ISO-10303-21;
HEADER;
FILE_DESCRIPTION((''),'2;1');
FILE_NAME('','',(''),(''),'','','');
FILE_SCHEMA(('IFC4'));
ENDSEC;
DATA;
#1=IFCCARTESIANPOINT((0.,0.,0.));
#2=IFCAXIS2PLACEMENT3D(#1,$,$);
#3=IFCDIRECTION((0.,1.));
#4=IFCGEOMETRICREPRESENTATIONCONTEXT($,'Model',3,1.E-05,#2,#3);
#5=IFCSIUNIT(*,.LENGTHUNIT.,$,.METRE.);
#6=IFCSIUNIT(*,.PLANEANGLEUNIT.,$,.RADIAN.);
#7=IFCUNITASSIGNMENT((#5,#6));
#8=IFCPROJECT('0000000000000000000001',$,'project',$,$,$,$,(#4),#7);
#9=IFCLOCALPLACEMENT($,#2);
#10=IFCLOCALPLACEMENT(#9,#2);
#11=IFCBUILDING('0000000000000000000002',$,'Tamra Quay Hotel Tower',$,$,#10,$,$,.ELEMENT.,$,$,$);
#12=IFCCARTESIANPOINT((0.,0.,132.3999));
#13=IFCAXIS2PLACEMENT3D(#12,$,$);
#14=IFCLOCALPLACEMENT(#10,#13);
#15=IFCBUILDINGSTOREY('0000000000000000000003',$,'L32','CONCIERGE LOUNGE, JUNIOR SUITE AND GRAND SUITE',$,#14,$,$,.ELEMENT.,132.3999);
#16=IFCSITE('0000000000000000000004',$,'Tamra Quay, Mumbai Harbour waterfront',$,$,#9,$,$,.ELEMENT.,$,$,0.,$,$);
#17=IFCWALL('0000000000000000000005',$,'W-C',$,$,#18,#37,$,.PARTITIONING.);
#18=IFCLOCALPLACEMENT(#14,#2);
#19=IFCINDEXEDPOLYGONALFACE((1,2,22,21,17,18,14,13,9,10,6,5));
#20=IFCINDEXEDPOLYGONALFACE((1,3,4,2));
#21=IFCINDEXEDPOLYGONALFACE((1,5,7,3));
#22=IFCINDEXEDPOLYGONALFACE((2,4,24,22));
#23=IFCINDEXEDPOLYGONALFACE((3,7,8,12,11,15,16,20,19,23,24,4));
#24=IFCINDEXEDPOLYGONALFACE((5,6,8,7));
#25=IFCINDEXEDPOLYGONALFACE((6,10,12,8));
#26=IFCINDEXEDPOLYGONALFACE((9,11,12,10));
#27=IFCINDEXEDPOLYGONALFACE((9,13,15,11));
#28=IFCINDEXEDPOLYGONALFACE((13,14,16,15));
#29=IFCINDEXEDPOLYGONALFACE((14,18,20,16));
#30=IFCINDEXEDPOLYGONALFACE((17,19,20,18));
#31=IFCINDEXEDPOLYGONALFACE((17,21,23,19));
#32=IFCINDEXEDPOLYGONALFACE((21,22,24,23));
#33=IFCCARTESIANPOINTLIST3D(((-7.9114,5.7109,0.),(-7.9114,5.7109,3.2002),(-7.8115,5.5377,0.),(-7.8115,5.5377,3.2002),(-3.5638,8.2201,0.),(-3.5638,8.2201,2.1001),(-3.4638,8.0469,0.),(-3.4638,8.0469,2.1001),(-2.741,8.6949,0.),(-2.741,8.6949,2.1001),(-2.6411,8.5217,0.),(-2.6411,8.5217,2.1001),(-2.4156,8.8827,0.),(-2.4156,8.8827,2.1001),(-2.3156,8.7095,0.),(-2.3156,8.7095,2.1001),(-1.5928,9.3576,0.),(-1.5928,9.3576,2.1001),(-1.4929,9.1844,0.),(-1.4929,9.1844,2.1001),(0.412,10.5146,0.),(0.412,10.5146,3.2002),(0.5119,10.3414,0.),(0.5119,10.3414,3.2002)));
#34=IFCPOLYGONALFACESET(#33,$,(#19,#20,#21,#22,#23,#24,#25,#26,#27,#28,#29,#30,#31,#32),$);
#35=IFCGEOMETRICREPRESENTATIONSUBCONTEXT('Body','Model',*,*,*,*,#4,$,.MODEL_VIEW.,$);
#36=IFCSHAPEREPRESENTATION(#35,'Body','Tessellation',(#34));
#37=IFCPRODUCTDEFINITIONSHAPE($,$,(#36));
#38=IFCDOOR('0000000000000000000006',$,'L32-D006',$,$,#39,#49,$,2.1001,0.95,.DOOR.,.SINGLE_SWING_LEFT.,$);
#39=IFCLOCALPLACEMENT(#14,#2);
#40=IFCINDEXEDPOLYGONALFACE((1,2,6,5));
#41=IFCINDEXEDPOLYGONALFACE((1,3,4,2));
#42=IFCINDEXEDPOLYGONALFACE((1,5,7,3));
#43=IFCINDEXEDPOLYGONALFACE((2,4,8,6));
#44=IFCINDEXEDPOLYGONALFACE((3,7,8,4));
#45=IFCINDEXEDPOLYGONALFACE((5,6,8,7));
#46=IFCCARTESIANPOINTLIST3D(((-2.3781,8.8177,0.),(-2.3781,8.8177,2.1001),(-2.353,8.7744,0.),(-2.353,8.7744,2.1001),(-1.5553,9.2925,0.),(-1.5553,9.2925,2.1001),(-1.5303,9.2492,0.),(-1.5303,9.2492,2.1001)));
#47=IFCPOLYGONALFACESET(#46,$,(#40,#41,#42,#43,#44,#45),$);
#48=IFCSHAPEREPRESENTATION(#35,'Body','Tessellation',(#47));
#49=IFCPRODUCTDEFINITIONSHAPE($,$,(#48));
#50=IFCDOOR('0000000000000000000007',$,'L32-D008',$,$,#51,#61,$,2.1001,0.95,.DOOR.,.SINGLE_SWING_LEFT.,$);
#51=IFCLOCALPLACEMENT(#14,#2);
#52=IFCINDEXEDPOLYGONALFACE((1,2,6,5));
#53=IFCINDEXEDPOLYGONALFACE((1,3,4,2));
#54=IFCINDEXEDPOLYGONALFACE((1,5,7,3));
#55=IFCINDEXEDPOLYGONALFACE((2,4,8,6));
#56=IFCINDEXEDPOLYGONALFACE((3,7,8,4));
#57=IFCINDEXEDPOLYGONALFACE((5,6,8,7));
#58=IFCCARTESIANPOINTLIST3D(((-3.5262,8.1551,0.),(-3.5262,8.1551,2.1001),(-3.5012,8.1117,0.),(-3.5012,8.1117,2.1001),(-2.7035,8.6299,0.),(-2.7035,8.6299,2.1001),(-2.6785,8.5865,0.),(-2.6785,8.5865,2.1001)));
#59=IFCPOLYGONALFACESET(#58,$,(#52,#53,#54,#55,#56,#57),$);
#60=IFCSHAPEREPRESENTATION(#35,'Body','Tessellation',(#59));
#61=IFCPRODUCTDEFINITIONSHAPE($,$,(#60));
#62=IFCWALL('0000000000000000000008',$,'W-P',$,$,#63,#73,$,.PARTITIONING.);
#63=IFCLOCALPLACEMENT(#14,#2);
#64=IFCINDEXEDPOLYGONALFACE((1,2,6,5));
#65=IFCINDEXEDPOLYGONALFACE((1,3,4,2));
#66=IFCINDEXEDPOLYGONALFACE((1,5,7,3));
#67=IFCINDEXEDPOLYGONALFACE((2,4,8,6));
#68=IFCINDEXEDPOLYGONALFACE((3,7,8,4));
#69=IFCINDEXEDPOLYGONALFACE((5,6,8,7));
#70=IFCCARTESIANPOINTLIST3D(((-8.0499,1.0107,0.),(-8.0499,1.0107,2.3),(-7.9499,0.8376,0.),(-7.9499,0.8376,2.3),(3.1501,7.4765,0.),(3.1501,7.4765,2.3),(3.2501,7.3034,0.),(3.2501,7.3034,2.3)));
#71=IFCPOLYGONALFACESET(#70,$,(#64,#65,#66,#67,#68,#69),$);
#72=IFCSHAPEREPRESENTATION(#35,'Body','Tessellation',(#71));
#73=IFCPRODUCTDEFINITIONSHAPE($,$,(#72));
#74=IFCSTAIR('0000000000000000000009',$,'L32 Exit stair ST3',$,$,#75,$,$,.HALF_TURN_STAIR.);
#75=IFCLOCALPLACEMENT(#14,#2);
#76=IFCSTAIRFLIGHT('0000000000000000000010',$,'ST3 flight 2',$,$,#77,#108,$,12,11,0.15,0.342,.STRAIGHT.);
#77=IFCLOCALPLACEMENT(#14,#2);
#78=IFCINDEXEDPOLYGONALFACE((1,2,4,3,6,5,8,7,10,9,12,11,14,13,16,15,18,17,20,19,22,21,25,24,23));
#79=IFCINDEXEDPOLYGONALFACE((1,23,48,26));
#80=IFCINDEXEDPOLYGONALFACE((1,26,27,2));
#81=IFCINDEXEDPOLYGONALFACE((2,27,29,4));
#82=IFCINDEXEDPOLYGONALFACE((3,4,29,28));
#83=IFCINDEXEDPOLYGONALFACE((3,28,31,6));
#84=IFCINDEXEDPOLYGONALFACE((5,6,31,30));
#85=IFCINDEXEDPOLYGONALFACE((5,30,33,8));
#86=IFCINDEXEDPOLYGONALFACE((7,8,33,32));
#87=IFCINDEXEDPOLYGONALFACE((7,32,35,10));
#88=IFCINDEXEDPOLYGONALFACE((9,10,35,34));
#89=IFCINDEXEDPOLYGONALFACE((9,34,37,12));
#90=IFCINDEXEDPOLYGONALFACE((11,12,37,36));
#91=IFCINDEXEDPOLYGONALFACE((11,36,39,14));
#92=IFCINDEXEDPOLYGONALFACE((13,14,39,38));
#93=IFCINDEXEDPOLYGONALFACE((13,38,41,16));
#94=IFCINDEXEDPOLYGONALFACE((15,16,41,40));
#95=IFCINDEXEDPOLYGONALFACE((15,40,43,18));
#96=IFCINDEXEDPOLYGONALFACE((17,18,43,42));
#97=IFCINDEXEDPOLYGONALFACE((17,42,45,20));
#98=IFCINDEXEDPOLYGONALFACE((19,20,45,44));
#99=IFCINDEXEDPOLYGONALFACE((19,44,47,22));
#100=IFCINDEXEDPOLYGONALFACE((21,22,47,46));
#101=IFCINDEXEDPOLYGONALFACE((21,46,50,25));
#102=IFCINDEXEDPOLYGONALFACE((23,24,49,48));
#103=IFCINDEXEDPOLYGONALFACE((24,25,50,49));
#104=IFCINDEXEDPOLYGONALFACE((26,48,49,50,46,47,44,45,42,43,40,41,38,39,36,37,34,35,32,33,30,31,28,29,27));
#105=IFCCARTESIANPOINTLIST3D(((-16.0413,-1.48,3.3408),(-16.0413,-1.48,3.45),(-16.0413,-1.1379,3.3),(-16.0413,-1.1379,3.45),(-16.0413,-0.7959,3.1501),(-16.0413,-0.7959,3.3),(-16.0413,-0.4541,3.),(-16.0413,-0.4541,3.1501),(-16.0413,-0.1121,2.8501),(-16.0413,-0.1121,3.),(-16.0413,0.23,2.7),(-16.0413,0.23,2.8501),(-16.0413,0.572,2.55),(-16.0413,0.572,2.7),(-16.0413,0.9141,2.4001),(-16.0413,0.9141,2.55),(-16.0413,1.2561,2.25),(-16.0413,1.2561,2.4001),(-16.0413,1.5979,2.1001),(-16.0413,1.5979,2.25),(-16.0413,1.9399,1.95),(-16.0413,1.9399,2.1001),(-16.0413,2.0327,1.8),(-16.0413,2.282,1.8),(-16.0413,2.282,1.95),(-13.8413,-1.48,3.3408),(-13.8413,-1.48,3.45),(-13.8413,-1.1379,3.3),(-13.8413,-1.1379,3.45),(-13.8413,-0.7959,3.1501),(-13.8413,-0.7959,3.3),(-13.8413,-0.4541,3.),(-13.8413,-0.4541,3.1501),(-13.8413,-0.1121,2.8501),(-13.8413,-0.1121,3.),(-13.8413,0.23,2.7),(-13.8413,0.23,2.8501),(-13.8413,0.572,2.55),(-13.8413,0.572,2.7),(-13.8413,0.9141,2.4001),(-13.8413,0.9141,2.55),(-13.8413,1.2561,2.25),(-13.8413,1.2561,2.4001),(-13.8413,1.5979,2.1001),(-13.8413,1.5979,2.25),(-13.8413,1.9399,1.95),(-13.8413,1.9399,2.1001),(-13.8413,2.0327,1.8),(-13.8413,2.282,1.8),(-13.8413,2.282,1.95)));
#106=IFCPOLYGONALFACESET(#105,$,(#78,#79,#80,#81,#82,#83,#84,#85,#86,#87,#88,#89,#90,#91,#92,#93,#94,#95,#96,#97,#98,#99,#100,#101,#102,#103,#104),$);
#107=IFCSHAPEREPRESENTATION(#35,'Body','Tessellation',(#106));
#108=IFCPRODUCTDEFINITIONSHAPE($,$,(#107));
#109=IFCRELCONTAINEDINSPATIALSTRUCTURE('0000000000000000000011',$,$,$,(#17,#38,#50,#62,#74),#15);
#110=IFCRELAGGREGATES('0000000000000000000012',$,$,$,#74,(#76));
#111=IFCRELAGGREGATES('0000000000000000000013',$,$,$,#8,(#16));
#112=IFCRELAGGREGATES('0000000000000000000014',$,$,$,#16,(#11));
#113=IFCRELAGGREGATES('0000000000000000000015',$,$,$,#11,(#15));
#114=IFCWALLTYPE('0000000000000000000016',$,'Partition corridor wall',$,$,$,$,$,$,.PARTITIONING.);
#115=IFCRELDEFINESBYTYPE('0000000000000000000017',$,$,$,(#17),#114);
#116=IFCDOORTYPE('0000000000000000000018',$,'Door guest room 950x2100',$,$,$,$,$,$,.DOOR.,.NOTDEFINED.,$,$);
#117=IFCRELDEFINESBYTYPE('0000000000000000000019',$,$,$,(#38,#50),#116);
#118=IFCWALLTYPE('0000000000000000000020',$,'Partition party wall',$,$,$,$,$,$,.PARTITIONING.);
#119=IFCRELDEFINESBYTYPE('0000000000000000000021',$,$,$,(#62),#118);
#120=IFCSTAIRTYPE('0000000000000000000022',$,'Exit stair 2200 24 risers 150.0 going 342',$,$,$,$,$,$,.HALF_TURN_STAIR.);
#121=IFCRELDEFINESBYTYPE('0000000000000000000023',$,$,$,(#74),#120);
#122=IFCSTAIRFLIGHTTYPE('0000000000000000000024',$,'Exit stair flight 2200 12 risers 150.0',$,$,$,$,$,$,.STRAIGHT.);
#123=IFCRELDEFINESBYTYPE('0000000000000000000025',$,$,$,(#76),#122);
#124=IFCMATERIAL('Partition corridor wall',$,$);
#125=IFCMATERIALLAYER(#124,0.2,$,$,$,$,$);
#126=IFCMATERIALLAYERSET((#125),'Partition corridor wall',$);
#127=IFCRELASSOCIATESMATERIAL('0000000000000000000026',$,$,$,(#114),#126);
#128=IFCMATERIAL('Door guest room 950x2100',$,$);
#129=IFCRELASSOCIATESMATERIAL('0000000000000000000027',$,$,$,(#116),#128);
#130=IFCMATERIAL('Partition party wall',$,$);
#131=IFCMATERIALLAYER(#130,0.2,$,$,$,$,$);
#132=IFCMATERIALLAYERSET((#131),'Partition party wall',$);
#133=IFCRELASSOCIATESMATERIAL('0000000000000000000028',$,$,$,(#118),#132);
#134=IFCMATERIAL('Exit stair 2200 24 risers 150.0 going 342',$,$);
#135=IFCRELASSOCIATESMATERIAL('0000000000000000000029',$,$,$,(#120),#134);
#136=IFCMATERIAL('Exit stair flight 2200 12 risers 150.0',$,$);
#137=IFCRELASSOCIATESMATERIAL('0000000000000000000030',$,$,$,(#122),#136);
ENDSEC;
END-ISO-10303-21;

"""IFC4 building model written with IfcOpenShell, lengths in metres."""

from ifc_helpers import new_model, si_unit, direction, frame, frame_2d, origin, place, context, subcontext, project, spatial, polyline, rectangle, outline, extrude, material, layer, layer_set, type_object, element, fill, aggregate, save


model = new_model("IFC4")

# Units and contexts
model_context = context("Model", 3, precision=1e-05, world=origin(), true_north=direction((0.0, 1.0)))
body_context = subcontext(model_context, "Body", "Model", "MODEL_VIEW")
ifc_project = project(units=[si_unit("LENGTHUNIT", "METRE"), si_unit("PLANEANGLEUNIT", "RADIAN")], contexts=[model_context])

# Site, building, storey
site_placement = place(None, origin())
site = spatial("IfcSite", under=ifc_project, at=site_placement, Name="Tamra Quay, Mumbai Harbour waterfront", CompositionType="ELEMENT", RefElevation=0.0)
building_placement = place(site_placement, origin())
building = spatial("IfcBuilding", under=site, at=building_placement, Name="Tamra Quay Hotel Tower", CompositionType="ELEMENT")
storey_placement = place(building_placement, frame((0.0, 0.0, 132.3999)))
storey = spatial("IfcBuildingStorey", under=building, at=storey_placement, Name="L32", Description="CONCIERGE LOUNGE, JUNIOR SUITE AND GRAND SUITE", CompositionType="ELEMENT", Elevation=132.3999)

# Shared definitions
ifc_material_1 = material(Name="Partition corridor wall")
ifc_layer_1 = layer(ifc_material_1, 0.2)
ifc_layer_set_1 = layer_set([ifc_layer_1], Name="Partition corridor wall")
wall_type_1 = type_object("IfcWallType", Name="Partition corridor wall", PredefinedType="PARTITIONING", material=ifc_layer_set_1)

# Wall, openings, doors
wall_1_placement = place(storey_placement, frame((-7.8616, 5.6243, 0.0), z_axis=(0.0, 0.0, 1.0), x_axis=(0.866109, 0.499855, 0.0)))
wall_1 = element("IfcWall", 1, at=wall_1_placement, inside=storey, type_object=wall_type_1, Name="W-C", PredefinedType="PARTITIONING", context=body_context, shape_type="SweptSolid", body=[
    extrude(rectangle(XDim=9.6101, YDim=0.2, at=frame_2d((4.8052, 0.0))), origin(), (0.0, 0.0, 1.0), 3.2002),
])
opening_1_placement = place(wall_1_placement, frame((6.3455, 0.0, 0.0)))
opening_1 = element("IfcOpeningElement", 2, at=opening_1_placement, cuts=wall_1, PredefinedType="OPENING", context=body_context, shape_type="SweptSolid", body=[
    extrude(rectangle(XDim=0.95, YDim=2.1001, at=frame_2d((0.4751, 1.05))), frame((0.0, 0.1099, 0.0), z_axis=(0.0, -1.0, 0.0), x_axis=(1.0, 0.0, 0.0)), (0.0, 0.0, 1.0), 0.22),
])
opening_2_placement = place(wall_1_placement, frame((5.0198, 0.0, 0.0)))
opening_2 = element("IfcOpeningElement", 3, at=opening_2_placement, cuts=wall_1, PredefinedType="OPENING", context=body_context, shape_type="SweptSolid", body=[
    extrude(rectangle(XDim=0.95, YDim=2.1001, at=frame_2d((0.4751, 1.05))), frame((0.0, 0.1099, 0.0), z_axis=(0.0, -1.0, 0.0), x_axis=(1.0, 0.0, 0.0)), (0.0, 0.0, 1.0), 0.22),
])
ifc_material_2 = material(Name="Door guest room 950x2100")
door_type_1 = type_object("IfcDoorType", Name="Door guest room 950x2100", OperationType="NOTDEFINED", PredefinedType="DOOR", material=ifc_material_2)
door_1_placement = place(opening_1_placement, origin())
door_1 = element("IfcDoor", 4, at=door_1_placement, inside=storey, type_object=door_type_1, Name="L32-D006", OperationType="SINGLE_SWING_LEFT", OverallHeight=2.1001, OverallWidth=0.95, PredefinedType="DOOR", context=body_context, shape_type="SweptSolid", body=[
    extrude(rectangle(XDim=0.95, YDim=2.1001, at=frame_2d((0.4751, 1.05))), frame((0.0, 0.0249, 0.0), z_axis=(0.0, -1.0, 0.0), x_axis=(1.0, 0.0, 0.0)), (0.0, 0.0, 1.0), 0.05),
])
fill(opening_1, door_1)
door_2_placement = place(opening_2_placement, origin())
door_2 = element("IfcDoor", 5, at=door_2_placement, inside=storey, type_object=door_type_1, Name="L32-D008", OperationType="SINGLE_SWING_LEFT", OverallHeight=2.1001, OverallWidth=0.95, PredefinedType="DOOR", context=body_context, shape_type="SweptSolid", body=[
    extrude(rectangle(XDim=0.95, YDim=2.1001, at=frame_2d((0.4751, 1.05))), frame((0.0, 0.0249, 0.0), z_axis=(0.0, -1.0, 0.0), x_axis=(1.0, 0.0, 0.0)), (0.0, 0.0, 1.0), 0.05),
])
fill(opening_2, door_2)

# Wall
ifc_material_3 = material(Name="Partition party wall")
ifc_layer_2 = layer(ifc_material_3, 0.2)
ifc_layer_set_2 = layer_set([ifc_layer_2], Name="Partition party wall")
wall_type_2 = type_object("IfcWallType", Name="Partition party wall", PredefinedType="PARTITIONING", material=ifc_layer_set_2)
wall_2_placement = place(storey_placement, frame((-8.0, 0.9241, 0.0), z_axis=(0.0, 0.0, 1.0), x_axis=(0.866041, 0.499972, 0.0)))
element("IfcWall", 6, at=wall_2_placement, inside=storey, type_object=wall_type_2, Name="W-P", PredefinedType="PARTITIONING", context=body_context, shape_type="SweptSolid", body=[
    extrude(rectangle(XDim=12.9324, YDim=0.2, at=frame_2d((6.4663, 0.0))), origin(), (0.0, 0.0, 1.0), 2.3),
])

# Stair, stair flight
ifc_material_4 = material(Name="Exit stair 2200 24 risers 150.0 going 342")
stair_type = type_object("IfcStairType", Name="Exit stair 2200 24 risers 150.0 going 342", PredefinedType="HALF_TURN_STAIR", material=ifc_material_4)
stair_placement = place(storey_placement, origin())
stair = element("IfcStair", 7, at=stair_placement, inside=storey, type_object=stair_type, Name="L32 Exit stair ST3", PredefinedType="HALF_TURN_STAIR")
ifc_material_5 = material(Name="Exit stair flight 2200 12 risers 150.0")
stair_flight_type = type_object("IfcStairFlightType", Name="Exit stair flight 2200 12 risers 150.0", PredefinedType="STRAIGHT", material=ifc_material_5)
stair_flight_placement = place(storey_placement, frame((-14.9414, 2.282, 1.8), z_axis=(0.0, 0.0, 1.0), x_axis=(0.0, -1.0, 0.0)))
stair_flight = element("IfcStairFlight", 8, at=stair_flight_placement, type_object=stair_flight_type, Name="ST3 flight 2", NumberOfRisers=12, NumberOfTreads=11, PredefinedType="STRAIGHT", RiserHeight=0.15, TreadLength=0.342, context=body_context, shape_type="SweptSolid", body=[
    extrude(outline(polyline([(0.0, 0.0), (0.0, 0.1499), (0.342, 0.1499), (0.342, 0.3), (0.6841, 0.3), (0.6841, 0.45), (1.0259, 0.45), (1.0259, 0.6001), (1.3679, 0.6001), (1.3679, 0.75), (1.71, 0.75), (1.71, 0.8999), (2.052, 0.8999), (2.052, 1.05), (2.394, 1.05), (2.394, 1.2), (2.7361, 1.2), (2.7361, 1.3501), (3.0779, 1.3501), (3.0779, 1.5), (3.4199, 1.5), (3.4199, 1.6499), (3.762, 1.6499), (3.762, 1.8), (3.762, 1.5408), (0.2493, 0.0), (0.0, 0.0)])), frame((0.0, 1.1001, 0.0), z_axis=(0.0, -1.0, 0.0), x_axis=(1.0, 0.0, 0.0)), (0.0, 0.0, 1.0), 2.2),
])
aggregate(stair, [stair_flight])

save(model, "model.ifc")
